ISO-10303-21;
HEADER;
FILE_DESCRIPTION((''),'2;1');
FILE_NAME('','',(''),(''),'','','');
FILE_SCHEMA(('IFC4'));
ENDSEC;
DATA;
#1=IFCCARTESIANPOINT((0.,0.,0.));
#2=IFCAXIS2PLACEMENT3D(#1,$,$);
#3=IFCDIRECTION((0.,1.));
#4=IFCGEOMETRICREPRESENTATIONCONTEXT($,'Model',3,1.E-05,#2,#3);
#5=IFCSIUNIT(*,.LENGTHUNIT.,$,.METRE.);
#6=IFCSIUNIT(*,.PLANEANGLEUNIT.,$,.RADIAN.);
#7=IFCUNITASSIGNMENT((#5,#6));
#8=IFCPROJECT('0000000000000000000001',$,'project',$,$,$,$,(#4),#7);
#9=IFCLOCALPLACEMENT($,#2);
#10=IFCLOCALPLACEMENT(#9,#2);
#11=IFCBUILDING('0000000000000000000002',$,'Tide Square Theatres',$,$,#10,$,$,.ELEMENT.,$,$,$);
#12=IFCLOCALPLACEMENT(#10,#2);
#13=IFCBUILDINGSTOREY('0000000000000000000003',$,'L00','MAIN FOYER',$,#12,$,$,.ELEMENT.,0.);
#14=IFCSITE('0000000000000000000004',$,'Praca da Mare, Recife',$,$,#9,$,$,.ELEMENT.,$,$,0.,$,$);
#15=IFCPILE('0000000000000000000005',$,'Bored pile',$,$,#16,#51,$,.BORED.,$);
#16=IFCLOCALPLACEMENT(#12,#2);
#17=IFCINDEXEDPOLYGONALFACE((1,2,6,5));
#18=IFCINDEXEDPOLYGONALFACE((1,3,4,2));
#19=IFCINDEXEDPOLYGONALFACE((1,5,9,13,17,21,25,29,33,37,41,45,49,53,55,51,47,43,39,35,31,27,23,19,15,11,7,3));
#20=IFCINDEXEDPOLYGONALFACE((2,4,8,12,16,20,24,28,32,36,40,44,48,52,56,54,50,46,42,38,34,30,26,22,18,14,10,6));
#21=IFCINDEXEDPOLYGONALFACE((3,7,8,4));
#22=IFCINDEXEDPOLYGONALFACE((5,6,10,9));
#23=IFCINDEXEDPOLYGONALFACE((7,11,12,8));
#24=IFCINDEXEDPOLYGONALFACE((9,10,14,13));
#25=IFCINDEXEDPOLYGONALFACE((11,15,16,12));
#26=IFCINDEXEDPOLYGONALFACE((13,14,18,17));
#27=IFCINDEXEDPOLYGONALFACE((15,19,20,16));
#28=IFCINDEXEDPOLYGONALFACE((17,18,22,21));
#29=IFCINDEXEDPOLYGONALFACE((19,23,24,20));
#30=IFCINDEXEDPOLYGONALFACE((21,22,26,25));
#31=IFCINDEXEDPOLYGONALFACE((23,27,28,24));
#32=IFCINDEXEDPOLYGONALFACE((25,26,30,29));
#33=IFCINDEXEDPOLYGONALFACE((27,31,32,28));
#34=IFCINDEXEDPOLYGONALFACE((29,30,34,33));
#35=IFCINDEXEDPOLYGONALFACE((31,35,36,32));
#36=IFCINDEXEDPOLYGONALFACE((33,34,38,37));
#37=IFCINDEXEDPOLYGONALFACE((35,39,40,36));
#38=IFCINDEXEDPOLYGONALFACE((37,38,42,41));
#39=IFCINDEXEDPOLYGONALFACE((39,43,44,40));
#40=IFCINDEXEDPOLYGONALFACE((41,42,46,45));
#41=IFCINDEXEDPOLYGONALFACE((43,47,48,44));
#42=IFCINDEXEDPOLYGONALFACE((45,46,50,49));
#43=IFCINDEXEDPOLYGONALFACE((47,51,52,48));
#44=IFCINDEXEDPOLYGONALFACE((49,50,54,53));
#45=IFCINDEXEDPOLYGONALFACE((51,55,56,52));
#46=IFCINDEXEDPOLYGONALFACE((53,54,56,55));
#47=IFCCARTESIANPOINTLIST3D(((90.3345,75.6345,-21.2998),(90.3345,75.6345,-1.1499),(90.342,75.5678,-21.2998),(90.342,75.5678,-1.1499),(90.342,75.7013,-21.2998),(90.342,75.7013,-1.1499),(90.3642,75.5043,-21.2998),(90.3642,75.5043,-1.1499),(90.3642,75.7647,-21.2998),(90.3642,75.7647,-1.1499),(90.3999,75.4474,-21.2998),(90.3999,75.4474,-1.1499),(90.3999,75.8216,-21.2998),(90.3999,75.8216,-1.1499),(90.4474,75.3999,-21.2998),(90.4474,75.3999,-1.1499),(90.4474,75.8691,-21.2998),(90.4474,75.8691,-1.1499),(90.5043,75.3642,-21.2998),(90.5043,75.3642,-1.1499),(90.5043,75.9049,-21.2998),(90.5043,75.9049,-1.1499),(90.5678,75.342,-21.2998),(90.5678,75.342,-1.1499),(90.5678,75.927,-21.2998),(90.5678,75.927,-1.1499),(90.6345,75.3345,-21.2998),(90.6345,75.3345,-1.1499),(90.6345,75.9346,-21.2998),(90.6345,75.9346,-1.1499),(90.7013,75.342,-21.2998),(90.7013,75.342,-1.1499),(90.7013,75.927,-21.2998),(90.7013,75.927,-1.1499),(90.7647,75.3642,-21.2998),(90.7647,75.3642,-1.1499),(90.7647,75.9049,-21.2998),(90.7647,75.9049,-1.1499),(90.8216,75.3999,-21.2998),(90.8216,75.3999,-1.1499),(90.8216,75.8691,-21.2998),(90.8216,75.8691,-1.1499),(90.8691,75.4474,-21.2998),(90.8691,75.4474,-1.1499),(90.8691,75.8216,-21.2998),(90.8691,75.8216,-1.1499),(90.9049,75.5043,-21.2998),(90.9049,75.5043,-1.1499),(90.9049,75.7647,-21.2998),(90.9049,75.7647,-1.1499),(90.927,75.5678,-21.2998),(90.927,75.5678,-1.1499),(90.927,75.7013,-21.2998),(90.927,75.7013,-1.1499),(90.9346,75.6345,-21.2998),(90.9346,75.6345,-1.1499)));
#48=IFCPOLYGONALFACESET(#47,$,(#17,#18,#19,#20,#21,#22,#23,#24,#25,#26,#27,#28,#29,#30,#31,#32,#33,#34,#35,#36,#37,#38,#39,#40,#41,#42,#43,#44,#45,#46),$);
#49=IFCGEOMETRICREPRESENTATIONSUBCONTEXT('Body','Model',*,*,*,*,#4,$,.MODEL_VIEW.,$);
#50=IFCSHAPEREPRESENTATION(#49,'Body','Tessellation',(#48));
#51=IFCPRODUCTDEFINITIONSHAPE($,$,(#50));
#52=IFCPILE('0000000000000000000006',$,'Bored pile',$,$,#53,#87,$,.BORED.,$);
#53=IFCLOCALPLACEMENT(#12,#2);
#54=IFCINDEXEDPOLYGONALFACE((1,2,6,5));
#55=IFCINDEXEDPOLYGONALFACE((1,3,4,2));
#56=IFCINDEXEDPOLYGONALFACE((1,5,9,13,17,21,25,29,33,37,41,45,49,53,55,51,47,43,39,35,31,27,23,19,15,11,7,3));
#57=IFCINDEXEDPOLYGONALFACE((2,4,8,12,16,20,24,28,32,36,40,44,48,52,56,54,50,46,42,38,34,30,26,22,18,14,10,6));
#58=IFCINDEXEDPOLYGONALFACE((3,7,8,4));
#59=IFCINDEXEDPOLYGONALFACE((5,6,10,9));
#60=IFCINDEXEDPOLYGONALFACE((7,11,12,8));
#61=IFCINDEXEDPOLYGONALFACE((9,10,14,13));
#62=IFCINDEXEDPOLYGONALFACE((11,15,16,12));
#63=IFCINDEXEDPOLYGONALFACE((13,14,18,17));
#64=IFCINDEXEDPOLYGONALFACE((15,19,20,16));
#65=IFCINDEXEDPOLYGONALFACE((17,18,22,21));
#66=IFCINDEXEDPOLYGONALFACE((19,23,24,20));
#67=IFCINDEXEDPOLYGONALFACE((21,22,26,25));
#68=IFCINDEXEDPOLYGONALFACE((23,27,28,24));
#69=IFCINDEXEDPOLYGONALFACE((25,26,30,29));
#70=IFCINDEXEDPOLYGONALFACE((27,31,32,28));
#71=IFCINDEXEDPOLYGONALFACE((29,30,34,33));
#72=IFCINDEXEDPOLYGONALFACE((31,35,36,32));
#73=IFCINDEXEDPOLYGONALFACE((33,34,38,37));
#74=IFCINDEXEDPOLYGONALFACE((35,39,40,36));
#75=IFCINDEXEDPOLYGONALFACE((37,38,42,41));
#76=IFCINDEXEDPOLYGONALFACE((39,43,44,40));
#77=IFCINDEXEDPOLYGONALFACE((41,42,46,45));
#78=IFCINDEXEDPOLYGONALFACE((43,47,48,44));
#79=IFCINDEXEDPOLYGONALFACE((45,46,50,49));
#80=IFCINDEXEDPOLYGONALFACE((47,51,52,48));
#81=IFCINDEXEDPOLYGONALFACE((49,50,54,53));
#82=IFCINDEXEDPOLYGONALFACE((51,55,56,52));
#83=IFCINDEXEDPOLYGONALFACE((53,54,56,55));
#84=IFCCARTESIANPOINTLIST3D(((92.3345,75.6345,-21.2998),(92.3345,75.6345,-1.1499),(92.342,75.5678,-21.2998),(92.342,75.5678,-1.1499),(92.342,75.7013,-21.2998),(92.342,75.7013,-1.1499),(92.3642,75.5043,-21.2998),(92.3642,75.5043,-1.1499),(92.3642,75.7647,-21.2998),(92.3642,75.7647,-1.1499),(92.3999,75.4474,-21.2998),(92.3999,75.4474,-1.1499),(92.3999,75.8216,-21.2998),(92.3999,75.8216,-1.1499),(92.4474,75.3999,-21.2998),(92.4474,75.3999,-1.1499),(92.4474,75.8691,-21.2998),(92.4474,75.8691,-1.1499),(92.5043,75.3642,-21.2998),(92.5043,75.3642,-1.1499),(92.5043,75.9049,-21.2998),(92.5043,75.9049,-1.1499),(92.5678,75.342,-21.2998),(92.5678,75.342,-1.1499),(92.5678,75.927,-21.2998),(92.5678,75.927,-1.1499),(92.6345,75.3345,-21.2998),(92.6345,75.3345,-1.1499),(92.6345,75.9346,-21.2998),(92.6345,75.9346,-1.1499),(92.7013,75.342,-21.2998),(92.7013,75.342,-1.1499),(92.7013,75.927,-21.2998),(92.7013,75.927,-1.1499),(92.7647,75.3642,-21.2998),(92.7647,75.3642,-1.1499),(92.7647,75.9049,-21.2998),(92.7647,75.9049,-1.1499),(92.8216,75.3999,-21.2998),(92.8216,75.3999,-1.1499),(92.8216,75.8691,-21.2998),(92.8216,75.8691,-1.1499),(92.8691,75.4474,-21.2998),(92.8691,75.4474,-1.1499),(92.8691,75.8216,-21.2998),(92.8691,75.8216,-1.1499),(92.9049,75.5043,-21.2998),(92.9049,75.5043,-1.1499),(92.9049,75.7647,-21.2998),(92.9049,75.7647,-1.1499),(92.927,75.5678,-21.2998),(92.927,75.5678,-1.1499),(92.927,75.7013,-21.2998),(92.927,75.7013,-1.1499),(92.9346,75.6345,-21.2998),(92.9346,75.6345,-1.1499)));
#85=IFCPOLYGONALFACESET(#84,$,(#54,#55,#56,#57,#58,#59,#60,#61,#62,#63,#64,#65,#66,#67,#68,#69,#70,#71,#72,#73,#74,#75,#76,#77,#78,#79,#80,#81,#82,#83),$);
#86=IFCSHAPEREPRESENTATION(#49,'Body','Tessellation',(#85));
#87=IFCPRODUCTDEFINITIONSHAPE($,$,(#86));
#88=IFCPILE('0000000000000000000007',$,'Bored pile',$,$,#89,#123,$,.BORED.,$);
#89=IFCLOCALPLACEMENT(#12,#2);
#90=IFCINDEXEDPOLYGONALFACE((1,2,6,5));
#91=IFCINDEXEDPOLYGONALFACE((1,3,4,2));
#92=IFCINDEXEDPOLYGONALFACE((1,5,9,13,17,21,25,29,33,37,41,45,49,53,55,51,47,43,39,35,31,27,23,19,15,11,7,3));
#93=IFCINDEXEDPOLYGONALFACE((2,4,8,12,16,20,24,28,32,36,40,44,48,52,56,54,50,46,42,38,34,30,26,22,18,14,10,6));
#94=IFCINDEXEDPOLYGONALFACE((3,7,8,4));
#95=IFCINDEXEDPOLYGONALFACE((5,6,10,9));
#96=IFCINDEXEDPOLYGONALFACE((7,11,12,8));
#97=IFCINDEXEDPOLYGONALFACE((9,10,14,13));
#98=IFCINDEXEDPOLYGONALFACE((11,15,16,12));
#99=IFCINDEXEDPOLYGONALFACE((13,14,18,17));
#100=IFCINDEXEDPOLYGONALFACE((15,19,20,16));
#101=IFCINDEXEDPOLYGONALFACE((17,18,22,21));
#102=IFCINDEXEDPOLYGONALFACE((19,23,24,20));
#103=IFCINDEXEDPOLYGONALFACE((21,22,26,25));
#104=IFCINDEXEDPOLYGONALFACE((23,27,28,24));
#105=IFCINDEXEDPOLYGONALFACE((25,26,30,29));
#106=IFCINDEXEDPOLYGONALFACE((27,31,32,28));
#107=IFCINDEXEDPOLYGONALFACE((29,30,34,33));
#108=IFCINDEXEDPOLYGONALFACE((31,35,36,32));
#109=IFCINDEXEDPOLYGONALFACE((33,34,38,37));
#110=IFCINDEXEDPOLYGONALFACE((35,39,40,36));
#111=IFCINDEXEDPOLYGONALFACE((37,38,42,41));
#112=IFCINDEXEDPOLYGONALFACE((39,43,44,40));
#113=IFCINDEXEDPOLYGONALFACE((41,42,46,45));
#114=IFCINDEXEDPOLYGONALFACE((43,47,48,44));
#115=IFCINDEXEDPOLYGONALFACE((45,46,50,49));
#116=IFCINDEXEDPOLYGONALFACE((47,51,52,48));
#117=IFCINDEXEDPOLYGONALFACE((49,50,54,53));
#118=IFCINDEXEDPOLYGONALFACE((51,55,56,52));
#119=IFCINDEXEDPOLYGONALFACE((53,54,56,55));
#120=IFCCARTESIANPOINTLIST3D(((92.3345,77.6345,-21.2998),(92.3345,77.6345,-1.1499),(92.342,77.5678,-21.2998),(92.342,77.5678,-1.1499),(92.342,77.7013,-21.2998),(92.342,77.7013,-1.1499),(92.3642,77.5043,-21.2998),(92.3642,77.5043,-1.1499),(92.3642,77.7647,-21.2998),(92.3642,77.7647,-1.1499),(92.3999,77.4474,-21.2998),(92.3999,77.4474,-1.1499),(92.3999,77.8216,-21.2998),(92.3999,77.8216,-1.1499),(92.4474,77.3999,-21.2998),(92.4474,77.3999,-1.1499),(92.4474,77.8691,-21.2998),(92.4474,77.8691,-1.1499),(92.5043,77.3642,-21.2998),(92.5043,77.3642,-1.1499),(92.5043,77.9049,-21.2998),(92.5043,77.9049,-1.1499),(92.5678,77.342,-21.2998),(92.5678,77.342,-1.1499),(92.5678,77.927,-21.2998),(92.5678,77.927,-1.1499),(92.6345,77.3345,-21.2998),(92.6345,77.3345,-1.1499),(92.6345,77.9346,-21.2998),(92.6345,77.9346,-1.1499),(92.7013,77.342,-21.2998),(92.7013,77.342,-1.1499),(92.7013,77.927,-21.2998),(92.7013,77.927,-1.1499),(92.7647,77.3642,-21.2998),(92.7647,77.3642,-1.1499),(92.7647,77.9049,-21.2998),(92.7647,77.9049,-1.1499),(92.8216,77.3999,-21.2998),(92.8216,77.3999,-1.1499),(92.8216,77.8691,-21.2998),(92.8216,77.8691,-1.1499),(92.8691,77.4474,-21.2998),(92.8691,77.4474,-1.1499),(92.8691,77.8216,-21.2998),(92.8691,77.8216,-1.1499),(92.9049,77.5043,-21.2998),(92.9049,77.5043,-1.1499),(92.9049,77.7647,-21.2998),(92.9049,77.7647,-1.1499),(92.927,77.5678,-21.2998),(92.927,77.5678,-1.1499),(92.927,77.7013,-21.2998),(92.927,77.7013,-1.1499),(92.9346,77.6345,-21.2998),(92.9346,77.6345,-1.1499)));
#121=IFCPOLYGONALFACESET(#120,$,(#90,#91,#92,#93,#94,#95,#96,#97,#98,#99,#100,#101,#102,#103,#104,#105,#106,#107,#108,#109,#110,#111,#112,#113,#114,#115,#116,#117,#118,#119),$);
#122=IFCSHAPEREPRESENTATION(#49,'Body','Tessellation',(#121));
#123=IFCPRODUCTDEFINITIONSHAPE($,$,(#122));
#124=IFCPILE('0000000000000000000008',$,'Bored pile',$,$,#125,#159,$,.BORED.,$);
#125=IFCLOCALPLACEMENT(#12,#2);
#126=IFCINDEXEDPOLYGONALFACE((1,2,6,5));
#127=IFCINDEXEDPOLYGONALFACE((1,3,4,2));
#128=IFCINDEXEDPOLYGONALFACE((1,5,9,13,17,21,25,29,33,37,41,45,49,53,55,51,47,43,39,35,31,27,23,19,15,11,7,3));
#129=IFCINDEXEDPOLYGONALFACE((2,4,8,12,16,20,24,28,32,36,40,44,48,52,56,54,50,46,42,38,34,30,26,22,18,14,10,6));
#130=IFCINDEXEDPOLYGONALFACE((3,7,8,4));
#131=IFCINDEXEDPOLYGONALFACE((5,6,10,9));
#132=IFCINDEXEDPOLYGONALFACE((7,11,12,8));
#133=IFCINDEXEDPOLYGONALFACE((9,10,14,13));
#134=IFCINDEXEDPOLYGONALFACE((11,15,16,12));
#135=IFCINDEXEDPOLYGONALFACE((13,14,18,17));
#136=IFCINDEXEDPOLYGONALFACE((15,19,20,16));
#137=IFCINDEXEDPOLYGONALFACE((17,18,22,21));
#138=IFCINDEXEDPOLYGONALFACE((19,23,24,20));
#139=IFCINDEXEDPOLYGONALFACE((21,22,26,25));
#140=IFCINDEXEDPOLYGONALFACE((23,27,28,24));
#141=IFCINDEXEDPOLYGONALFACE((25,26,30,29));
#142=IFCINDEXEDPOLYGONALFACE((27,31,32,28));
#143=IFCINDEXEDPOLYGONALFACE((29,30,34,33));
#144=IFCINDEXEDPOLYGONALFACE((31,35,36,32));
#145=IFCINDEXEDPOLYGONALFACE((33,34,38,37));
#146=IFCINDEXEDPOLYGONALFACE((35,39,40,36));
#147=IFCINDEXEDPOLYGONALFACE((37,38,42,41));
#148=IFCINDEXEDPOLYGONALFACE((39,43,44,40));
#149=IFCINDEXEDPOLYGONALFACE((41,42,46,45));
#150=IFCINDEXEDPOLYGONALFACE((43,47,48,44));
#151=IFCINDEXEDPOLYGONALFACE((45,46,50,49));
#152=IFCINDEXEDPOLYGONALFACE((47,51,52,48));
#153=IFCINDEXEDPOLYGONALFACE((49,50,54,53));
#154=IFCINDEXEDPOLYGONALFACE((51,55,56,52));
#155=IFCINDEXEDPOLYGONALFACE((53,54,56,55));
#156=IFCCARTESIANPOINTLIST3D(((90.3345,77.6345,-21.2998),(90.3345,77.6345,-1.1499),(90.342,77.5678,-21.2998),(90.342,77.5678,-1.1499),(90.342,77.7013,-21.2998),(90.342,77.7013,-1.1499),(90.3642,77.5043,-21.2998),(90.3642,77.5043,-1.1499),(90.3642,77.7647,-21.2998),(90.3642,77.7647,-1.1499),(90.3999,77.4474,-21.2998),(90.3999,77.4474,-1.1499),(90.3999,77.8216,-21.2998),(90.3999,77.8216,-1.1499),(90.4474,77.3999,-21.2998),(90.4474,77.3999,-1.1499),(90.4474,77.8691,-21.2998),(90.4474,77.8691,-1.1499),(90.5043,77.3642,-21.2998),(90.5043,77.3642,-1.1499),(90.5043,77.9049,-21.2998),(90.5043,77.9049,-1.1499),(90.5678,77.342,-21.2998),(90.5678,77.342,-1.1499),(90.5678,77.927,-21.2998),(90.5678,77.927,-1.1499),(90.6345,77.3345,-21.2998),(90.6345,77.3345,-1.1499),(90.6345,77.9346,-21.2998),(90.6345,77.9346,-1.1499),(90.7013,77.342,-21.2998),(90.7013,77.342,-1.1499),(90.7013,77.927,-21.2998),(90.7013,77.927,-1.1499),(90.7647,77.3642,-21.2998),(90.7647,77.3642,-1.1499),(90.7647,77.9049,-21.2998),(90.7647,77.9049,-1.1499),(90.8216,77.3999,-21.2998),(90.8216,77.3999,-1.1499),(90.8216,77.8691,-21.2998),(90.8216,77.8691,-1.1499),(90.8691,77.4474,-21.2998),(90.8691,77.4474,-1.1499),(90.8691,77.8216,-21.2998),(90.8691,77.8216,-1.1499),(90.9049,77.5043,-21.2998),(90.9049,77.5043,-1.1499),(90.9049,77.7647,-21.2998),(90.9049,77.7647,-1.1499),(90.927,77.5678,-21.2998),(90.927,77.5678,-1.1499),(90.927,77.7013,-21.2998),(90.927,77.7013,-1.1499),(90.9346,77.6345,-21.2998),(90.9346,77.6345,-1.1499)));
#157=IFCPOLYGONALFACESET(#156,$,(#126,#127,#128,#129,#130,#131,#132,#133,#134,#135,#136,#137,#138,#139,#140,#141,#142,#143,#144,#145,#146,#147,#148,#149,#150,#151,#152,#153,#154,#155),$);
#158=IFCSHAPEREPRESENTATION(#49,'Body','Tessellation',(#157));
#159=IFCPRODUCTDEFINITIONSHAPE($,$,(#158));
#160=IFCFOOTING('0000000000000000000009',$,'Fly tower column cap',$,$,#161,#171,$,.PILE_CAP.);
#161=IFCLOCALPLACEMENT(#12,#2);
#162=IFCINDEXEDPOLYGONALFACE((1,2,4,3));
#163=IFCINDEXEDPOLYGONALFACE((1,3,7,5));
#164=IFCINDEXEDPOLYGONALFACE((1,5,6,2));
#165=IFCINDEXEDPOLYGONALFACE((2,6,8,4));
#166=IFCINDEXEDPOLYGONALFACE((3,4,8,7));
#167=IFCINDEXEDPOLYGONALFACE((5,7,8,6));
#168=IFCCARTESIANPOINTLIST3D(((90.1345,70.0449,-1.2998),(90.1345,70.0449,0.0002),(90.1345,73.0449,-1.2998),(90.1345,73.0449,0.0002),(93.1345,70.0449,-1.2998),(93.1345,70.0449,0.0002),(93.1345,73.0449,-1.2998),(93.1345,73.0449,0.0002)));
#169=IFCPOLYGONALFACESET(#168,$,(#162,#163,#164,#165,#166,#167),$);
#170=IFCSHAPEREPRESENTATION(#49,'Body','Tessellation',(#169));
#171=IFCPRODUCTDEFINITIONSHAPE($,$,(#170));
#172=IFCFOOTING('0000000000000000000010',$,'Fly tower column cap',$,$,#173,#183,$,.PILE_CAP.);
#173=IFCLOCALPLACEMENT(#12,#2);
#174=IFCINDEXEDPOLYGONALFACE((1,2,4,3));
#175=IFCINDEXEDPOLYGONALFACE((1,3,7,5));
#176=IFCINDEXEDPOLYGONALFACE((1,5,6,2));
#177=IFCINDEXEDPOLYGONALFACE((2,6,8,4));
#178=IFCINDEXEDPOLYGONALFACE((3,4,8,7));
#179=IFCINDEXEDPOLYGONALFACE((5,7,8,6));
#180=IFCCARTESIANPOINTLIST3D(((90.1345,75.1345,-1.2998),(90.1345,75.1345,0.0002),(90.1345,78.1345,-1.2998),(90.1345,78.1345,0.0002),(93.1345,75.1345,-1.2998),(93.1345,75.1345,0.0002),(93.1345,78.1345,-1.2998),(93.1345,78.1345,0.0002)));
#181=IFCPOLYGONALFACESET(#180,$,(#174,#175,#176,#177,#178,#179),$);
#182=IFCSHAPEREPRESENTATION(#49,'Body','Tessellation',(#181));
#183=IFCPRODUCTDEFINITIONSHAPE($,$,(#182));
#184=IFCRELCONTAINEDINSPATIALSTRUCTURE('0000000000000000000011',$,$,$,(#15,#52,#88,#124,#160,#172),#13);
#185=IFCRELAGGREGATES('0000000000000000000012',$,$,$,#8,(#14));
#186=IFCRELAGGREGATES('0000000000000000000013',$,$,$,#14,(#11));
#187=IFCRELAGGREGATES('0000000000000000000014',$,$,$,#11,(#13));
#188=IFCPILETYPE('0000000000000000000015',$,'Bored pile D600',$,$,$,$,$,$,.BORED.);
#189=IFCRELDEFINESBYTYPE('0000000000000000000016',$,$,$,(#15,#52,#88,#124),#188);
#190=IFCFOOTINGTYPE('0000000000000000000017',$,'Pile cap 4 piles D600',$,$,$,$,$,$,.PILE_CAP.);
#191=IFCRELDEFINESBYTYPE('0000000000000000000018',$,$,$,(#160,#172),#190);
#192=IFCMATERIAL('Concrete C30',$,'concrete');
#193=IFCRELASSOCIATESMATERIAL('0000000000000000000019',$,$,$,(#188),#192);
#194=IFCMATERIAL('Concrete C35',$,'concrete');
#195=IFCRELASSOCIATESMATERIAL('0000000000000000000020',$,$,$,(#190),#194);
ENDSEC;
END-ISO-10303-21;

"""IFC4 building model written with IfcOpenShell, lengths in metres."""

from ifc_helpers import new_model, si_unit, direction, frame, origin, origin_2d, place, context, subcontext, project, spatial, rectangle, circle, extrude, material, material_profile, profile_set, type_object, element, save


model = new_model("IFC4")

# Units and contexts
model_context = context("Model", 3, precision=1e-05, world=origin(), true_north=direction((0.0, 1.0)))
body_context = subcontext(model_context, "Body", "Model", "MODEL_VIEW")
ifc_project = project(units=[si_unit("LENGTHUNIT", "METRE"), si_unit("PLANEANGLEUNIT", "RADIAN")], contexts=[model_context])

# Site, building, storey
site_placement = place(None, origin())
site = spatial("IfcSite", under=ifc_project, at=site_placement, Name="Praca da Mare, Recife", CompositionType="ELEMENT", RefElevation=0.0)
building_placement = place(site_placement, origin())
building = spatial("IfcBuilding", under=site, at=building_placement, Name="Tide Square Theatres", CompositionType="ELEMENT")
storey_placement = place(building_placement, origin())
storey = spatial("IfcBuildingStorey", under=building, at=storey_placement, Name="L00", Description="MAIN FOYER", CompositionType="ELEMENT", Elevation=0.0)

# Piles
ifc_material_1 = material(Name="Concrete C30", Category="concrete")
ifc_material_profile_1 = material_profile(ifc_material_1, circle(Radius=0.3, at=origin_2d()))
ifc_profile_set_1 = profile_set([ifc_material_profile_1], Name="Concrete C30")
pile_type = type_object("IfcPileType", Name="Bored pile D600", PredefinedType="BORED", material=ifc_profile_set_1)
for number, where, z_axis, x_axis, name in (
    (1, (90.6345, 75.6345, -1.1499), (0.0, 0.0, -1.0), (1.0, 0.0, 0.0), "Bored pile"),
    (2, (92.6345, 75.6345, -1.1499), (0.0, 0.0, -1.0), (1.0, 0.0, 0.0), "Bored pile"),
    (3, (92.6345, 77.6345, -1.1499), (0.0, 0.0, -1.0), (1.0, 0.0, 0.0), "Bored pile"),
    (4, (90.6345, 77.6345, -1.1499), (0.0, 0.0, -1.0), (1.0, 0.0, 0.0), "Bored pile"),
):
    element("IfcPile", number, at=place(storey_placement, frame(where, z_axis=z_axis, x_axis=x_axis)), inside=storey, type_object=pile_type, Name=name, PredefinedType="BORED", context=body_context, shape_type="SweptSolid", body=[
        extrude(circle(Radius=0.3, at=origin_2d()), origin(), (0.0, 0.0, 1.0), 20.1499),
    ])

# Footings
ifc_material_2 = material(Name="Concrete C35", Category="concrete")
footing_type = type_object("IfcFootingType", Name="Pile cap 4 piles D600", PredefinedType="PILE_CAP", material=ifc_material_2)
for number, where, z_axis, x_axis, name in (
    (5, (91.6345, 71.5449, -1.2998), (0.0, 0.0, 1.0), (1.0, 0.0, 0.0), "Fly tower column cap"),
    (6, (91.6345, 76.6345, -1.2998), (0.0, 0.0, 1.0), (1.0, 0.0, 0.0), "Fly tower column cap"),
):
    element("IfcFooting", number, at=place(storey_placement, frame(where, z_axis=z_axis, x_axis=x_axis)), inside=storey, type_object=footing_type, Name=name, PredefinedType="PILE_CAP", context=body_context, shape_type="SweptSolid", body=[
        extrude(rectangle(XDim=3.0, YDim=3.0, at=origin_2d()), origin(), (0.0, 0.0, 1.0), 1.3),
    ])

save(model, "model.ifc")
